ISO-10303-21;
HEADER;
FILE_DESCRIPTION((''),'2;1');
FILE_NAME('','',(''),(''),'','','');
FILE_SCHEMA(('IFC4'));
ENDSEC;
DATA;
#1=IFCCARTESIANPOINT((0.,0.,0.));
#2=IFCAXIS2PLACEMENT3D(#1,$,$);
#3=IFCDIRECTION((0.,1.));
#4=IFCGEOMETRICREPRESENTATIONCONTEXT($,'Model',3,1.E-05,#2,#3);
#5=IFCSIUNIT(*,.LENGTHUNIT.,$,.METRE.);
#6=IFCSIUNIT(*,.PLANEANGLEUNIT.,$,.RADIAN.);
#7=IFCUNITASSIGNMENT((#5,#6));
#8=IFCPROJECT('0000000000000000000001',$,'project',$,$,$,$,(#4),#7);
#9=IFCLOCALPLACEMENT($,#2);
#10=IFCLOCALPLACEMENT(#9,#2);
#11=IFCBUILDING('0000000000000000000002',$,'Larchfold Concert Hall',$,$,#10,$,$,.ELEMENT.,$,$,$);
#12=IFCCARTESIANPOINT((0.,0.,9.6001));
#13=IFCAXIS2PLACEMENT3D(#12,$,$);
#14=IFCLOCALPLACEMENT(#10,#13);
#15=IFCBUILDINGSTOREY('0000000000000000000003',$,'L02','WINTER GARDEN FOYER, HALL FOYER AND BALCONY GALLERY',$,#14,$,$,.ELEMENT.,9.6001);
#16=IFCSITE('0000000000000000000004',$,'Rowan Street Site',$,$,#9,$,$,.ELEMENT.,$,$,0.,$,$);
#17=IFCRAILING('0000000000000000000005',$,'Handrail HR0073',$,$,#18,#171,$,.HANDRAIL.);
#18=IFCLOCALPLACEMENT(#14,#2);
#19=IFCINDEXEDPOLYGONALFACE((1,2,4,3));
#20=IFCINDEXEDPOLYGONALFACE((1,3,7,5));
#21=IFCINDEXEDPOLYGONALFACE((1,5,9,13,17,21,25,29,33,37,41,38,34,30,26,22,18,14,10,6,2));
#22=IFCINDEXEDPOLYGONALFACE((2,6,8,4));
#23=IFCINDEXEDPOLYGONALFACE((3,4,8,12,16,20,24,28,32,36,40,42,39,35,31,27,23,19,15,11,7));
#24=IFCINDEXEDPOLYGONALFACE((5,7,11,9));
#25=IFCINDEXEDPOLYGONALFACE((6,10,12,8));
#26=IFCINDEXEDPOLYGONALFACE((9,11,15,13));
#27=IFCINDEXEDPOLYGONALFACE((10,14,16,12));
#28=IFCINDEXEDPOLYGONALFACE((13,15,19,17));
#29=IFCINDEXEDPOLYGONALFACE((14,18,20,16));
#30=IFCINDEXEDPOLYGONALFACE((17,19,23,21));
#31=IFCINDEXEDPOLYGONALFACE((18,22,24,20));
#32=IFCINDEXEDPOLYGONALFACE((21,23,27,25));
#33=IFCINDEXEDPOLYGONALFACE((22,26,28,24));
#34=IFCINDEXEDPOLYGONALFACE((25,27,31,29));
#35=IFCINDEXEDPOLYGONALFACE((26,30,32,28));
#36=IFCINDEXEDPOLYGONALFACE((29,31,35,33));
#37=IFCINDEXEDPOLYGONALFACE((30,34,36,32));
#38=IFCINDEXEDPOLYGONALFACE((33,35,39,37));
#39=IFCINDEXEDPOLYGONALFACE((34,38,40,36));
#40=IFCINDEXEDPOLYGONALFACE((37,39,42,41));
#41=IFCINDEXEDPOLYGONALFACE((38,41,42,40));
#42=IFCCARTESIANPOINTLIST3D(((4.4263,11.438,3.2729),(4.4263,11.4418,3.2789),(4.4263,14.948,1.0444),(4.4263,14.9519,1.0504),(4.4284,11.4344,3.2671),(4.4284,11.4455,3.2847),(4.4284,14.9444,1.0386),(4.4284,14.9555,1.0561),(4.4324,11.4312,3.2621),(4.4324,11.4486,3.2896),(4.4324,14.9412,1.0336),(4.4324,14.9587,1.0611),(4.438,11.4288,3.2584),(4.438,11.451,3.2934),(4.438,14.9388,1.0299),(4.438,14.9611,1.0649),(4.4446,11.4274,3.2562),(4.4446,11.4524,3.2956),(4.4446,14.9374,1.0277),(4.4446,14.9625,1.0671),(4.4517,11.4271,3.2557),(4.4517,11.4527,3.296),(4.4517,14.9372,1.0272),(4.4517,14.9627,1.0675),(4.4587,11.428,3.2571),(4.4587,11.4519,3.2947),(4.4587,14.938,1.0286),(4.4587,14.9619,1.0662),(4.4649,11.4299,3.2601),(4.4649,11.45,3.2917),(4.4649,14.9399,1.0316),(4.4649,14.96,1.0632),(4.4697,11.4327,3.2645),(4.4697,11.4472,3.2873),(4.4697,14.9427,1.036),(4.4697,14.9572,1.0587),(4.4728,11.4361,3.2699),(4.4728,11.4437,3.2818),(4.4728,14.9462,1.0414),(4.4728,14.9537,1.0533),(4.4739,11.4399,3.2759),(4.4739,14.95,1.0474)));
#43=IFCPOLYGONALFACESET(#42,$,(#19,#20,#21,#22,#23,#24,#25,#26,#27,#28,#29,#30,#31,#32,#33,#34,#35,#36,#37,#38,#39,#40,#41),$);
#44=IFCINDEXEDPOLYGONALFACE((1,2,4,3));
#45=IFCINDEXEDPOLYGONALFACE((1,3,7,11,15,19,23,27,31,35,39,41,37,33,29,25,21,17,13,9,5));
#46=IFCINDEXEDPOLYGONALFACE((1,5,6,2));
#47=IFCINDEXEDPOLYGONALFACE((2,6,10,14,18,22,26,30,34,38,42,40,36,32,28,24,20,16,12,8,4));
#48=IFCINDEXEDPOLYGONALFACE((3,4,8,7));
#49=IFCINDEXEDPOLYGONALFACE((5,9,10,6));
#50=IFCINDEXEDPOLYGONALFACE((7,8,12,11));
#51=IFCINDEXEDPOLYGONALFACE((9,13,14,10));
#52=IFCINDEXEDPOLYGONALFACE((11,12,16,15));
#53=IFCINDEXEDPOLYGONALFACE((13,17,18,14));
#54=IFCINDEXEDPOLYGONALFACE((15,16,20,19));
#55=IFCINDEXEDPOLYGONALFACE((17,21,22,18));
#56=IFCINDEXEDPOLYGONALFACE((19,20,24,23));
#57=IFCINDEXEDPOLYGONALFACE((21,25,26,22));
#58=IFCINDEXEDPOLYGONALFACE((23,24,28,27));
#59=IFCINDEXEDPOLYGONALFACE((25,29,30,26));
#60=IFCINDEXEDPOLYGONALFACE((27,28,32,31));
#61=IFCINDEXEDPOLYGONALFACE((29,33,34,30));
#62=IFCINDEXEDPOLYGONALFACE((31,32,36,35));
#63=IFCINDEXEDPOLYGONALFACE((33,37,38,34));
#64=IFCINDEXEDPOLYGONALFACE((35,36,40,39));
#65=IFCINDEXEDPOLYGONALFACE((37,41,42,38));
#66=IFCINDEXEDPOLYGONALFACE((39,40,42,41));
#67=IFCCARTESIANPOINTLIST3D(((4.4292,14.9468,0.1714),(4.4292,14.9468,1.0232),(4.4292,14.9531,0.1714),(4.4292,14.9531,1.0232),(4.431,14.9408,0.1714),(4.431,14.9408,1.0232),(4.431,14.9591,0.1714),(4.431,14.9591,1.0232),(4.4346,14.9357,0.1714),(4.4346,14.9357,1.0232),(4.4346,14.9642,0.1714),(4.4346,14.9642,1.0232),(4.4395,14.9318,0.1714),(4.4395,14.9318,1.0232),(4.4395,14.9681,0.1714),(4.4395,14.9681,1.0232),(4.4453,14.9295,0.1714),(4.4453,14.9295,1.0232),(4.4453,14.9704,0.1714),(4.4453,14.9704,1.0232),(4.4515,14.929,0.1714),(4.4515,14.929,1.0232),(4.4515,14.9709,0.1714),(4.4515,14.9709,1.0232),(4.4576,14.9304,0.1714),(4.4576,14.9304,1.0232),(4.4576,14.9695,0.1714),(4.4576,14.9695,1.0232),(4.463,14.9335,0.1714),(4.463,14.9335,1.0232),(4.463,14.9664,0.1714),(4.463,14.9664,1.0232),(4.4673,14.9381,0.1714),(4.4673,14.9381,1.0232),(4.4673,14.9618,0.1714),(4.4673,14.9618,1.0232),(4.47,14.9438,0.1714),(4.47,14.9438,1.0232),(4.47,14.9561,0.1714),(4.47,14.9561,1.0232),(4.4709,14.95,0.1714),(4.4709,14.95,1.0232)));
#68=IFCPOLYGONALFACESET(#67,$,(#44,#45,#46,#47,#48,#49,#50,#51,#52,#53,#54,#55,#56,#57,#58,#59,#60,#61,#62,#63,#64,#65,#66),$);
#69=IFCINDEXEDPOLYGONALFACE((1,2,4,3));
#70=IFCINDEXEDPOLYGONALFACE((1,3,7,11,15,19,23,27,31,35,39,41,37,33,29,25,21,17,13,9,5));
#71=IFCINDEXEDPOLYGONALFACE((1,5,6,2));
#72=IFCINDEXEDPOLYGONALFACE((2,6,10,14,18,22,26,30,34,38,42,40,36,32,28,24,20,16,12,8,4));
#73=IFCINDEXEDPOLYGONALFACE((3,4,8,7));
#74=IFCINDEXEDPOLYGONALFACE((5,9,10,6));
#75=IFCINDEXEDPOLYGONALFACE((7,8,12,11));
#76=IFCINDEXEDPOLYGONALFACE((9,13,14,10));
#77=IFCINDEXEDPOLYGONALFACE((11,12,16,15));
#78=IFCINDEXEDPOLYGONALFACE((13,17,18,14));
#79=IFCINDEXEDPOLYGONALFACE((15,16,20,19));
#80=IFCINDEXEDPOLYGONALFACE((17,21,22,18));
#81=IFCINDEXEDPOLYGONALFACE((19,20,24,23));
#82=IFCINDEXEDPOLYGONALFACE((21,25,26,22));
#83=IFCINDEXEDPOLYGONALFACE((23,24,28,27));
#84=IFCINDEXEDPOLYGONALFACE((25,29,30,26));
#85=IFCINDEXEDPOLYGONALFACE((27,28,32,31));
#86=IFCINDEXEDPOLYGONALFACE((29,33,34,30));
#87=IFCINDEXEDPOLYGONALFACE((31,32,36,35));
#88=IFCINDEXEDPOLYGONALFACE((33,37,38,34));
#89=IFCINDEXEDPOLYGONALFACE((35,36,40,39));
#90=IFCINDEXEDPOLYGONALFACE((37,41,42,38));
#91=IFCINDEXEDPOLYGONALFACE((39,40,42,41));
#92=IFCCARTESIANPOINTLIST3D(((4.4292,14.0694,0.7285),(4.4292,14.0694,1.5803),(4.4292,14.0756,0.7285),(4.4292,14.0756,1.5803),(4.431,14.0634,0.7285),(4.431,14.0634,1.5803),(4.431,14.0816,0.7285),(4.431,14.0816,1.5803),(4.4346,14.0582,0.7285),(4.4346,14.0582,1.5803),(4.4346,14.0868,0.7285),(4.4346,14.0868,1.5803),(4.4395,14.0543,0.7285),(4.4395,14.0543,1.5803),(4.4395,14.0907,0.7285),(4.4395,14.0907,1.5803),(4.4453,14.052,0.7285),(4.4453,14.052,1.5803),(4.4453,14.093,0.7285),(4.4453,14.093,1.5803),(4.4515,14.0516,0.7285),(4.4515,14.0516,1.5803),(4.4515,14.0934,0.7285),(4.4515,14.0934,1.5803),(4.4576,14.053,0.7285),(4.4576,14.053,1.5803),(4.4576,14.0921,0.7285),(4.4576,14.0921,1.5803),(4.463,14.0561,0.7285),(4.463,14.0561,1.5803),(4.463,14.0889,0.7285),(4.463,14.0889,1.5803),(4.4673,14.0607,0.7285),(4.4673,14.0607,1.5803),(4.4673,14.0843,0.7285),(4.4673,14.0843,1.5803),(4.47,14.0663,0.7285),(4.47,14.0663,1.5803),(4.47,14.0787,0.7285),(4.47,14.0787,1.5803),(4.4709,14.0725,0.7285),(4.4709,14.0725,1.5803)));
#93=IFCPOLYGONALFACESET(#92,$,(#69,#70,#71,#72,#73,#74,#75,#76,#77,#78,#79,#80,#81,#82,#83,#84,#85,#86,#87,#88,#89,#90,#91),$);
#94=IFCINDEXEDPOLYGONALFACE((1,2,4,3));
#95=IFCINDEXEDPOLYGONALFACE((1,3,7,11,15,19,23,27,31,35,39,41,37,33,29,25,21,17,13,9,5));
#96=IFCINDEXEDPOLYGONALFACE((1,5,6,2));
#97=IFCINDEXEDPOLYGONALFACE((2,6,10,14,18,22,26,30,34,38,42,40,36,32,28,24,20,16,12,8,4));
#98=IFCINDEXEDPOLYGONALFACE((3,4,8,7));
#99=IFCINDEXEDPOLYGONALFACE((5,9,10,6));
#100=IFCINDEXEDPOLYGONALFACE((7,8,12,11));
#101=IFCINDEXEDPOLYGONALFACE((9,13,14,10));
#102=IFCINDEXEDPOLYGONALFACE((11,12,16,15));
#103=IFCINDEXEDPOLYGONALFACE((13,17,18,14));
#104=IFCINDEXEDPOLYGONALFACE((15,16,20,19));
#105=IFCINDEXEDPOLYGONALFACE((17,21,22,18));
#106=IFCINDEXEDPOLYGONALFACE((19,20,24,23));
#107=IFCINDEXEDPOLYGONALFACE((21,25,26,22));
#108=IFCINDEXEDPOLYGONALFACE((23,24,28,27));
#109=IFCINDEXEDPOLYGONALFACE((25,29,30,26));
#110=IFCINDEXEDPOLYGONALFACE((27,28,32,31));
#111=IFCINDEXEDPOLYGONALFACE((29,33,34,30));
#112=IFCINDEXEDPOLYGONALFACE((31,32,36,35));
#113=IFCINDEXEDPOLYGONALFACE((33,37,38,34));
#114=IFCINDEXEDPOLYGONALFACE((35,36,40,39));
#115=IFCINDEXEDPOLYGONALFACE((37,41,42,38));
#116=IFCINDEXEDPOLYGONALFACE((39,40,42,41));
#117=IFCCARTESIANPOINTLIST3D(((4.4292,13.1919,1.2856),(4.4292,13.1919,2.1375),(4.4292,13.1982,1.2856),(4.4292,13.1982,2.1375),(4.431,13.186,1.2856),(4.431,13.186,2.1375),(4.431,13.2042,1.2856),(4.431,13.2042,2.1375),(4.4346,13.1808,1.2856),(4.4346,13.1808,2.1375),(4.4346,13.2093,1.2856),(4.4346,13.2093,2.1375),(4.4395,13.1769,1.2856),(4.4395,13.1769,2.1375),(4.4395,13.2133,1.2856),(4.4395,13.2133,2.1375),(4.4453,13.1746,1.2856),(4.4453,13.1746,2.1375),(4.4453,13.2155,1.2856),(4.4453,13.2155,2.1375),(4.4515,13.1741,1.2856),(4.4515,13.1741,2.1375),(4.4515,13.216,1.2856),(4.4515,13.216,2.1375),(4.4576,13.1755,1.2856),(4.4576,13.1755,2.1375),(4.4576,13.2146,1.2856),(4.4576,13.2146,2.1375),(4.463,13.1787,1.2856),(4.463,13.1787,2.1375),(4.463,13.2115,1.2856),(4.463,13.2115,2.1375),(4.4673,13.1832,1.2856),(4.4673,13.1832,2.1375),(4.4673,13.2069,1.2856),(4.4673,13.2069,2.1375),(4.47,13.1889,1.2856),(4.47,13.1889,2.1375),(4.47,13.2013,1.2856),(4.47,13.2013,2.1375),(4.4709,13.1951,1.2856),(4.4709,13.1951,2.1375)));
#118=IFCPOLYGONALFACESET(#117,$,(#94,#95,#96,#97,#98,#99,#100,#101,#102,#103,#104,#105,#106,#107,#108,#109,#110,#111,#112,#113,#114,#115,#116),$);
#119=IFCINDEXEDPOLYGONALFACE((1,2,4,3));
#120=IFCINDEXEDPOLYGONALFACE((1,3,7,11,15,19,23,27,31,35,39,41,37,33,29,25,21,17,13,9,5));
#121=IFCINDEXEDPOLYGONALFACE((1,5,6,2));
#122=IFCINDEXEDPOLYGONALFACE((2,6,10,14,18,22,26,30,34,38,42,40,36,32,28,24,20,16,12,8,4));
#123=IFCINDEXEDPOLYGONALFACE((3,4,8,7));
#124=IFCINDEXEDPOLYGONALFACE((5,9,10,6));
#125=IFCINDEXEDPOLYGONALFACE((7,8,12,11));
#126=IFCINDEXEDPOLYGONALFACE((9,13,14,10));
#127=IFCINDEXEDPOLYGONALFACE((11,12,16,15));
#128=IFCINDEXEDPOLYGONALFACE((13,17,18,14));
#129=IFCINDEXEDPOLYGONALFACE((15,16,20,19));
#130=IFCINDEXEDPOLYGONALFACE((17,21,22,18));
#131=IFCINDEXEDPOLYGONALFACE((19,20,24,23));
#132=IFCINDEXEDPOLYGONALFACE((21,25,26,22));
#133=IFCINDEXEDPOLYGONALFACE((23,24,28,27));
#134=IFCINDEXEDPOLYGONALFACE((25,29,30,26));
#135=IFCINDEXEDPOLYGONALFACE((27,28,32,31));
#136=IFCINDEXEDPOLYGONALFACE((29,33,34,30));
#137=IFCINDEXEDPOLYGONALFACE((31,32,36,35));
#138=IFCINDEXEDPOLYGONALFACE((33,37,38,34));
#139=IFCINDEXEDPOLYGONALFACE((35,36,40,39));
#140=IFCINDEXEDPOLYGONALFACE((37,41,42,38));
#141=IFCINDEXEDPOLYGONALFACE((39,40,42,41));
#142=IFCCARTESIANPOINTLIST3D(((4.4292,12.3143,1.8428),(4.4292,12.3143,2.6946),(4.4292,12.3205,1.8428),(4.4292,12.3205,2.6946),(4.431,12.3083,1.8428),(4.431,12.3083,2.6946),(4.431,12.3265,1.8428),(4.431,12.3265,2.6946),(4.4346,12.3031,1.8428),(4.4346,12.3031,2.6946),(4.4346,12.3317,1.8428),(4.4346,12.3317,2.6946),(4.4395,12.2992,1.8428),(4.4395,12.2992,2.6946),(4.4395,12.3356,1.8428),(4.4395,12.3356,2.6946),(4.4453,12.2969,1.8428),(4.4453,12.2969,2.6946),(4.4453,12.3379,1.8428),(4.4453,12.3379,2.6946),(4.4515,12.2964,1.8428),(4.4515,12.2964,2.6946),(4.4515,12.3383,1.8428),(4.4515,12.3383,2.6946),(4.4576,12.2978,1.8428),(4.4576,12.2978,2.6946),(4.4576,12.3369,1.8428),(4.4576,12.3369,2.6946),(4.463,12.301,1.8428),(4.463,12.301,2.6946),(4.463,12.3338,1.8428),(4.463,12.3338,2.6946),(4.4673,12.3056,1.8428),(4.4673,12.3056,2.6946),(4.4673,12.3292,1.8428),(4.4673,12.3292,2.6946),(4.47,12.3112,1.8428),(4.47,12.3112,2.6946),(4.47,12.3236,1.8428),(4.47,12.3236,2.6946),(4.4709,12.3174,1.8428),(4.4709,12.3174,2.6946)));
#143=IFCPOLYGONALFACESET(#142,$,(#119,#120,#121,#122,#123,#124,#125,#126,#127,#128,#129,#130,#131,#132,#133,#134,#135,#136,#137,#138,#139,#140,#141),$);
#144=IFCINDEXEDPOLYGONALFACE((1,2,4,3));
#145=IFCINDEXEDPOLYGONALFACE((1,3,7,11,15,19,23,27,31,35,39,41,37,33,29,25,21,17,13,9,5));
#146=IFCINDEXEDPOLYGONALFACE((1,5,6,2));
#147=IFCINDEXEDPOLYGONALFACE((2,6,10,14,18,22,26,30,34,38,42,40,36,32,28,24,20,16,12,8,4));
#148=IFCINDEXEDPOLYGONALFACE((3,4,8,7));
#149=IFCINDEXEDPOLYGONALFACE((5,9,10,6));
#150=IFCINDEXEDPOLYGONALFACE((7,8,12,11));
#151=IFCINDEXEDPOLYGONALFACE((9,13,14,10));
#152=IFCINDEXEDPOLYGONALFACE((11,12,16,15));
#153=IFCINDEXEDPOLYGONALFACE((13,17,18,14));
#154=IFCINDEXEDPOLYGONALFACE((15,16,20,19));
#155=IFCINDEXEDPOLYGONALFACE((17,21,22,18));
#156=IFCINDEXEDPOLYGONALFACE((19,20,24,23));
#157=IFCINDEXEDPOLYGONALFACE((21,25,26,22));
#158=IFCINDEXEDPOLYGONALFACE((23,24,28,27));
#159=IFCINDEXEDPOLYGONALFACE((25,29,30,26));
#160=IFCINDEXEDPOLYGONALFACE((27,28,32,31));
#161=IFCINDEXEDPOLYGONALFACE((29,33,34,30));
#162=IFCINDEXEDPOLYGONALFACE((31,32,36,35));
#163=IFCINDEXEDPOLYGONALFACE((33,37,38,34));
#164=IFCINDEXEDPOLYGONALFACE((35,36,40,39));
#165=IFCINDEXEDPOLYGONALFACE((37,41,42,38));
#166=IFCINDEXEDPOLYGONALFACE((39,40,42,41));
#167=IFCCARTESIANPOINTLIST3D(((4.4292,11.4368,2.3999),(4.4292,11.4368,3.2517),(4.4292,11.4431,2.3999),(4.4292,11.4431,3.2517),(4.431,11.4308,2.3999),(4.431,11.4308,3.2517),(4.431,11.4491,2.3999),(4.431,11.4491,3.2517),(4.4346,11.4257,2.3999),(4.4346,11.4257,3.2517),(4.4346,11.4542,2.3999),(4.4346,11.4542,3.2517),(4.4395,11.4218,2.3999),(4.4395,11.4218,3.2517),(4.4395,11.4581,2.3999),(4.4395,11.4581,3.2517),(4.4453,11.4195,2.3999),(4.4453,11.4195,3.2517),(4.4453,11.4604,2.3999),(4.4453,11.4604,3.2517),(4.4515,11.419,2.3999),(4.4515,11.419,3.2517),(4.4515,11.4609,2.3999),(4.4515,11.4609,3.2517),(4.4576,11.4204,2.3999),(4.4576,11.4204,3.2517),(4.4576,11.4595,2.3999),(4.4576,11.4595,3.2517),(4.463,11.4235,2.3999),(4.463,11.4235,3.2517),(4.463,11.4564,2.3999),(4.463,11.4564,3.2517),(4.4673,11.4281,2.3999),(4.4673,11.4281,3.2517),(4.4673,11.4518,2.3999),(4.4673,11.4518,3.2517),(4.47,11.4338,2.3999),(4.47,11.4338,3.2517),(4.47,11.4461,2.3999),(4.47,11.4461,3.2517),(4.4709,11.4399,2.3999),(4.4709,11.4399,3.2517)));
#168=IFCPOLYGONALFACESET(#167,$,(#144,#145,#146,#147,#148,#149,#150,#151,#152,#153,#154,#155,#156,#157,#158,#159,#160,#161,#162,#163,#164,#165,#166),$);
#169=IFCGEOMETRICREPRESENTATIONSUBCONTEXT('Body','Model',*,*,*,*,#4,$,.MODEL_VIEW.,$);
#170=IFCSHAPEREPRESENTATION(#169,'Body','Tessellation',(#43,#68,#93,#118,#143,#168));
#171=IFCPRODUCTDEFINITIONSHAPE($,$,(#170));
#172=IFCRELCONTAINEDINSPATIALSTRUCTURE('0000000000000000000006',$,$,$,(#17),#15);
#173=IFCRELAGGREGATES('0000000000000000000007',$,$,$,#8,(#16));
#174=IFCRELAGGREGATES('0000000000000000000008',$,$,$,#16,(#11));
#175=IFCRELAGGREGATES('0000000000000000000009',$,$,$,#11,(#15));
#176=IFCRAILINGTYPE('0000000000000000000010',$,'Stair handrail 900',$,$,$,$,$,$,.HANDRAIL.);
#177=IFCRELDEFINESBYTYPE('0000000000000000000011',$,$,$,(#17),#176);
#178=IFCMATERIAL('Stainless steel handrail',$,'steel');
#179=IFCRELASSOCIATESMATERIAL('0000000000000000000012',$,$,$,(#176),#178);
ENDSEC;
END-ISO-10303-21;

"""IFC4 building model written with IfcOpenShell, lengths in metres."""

from ifc_helpers import new_model, si_unit, direction, frame, origin, origin_2d, place, context, subcontext, project, spatial, circle, extrude, material, type_object, element, save


model = new_model("IFC4")

# Units and contexts
model_context = context("Model", 3, precision=1e-05, world=origin(), true_north=direction((0.0, 1.0)))
body_context = subcontext(model_context, "Body", "Model", "MODEL_VIEW")
ifc_project = project(units=[si_unit("LENGTHUNIT", "METRE"), si_unit("PLANEANGLEUNIT", "RADIAN")], contexts=[model_context])

# Site, building, storey
site_placement = place(None, origin())
site = spatial("IfcSite", under=ifc_project, at=site_placement, Name="Rowan Street Site", CompositionType="ELEMENT", RefElevation=0.0)
building_placement = place(site_placement, origin())
building = spatial("IfcBuilding", under=site, at=building_placement, Name="Larchfold Concert Hall", CompositionType="ELEMENT")
storey_placement = place(building_placement, frame((0.0, 0.0, 9.6001)))
storey = spatial("IfcBuildingStorey", under=building, at=storey_placement, Name="L02", Description="WINTER GARDEN FOYER, HALL FOYER AND BALCONY GALLERY", CompositionType="ELEMENT", Elevation=9.6001)

# Railing
ifc_material_1 = material(Name="Stainless steel handrail", Category="steel")
railing_type_1 = type_object("IfcRailingType", Name="Stair handrail 900", PredefinedType="HANDRAIL", material=ifc_material_1)
for number, where, name in (
    (1, (4.45, 14.95, 0.1714), "Handrail HR0073"),
):
    element("IfcRailing", number, at=place(storey_placement, frame(where)), inside=storey, type_object=railing_type_1, Name=name, PredefinedType="HANDRAIL", context=body_context, shape_type="SweptSolid", body=[
        extrude(circle(Radius=0.0239, at=origin_2d()), frame((0.0, 0.0, 0.876), z_axis=(0.0, -0.84422, 0.535998), x_axis=(1.0, 0.0, 0.0)), (0.0, 0.0, 1.0), 4.1577),
        extrude(circle(Radius=0.021, at=origin_2d()), origin(), (0.0, 0.0, 1.0), 0.8518),
        extrude(circle(Radius=0.021, at=origin_2d()), frame((0.0, -0.8774, 0.5571)), (0.0, 0.0, 1.0), 0.8518),
        extrude(circle(Radius=0.021, at=origin_2d()), frame((0.0, -1.7549, 1.1143)), (0.0, 0.0, 1.0), 0.8518),
        extrude(circle(Radius=0.021, at=origin_2d()), frame((0.0, -2.6326, 1.6714)), (0.0, 0.0, 1.0), 0.8518),
        extrude(circle(Radius=0.021, at=origin_2d()), frame((0.0, -3.51, 2.2285)), (0.0, 0.0, 1.0), 0.8518),
    ])

save(model, "model.ifc")
